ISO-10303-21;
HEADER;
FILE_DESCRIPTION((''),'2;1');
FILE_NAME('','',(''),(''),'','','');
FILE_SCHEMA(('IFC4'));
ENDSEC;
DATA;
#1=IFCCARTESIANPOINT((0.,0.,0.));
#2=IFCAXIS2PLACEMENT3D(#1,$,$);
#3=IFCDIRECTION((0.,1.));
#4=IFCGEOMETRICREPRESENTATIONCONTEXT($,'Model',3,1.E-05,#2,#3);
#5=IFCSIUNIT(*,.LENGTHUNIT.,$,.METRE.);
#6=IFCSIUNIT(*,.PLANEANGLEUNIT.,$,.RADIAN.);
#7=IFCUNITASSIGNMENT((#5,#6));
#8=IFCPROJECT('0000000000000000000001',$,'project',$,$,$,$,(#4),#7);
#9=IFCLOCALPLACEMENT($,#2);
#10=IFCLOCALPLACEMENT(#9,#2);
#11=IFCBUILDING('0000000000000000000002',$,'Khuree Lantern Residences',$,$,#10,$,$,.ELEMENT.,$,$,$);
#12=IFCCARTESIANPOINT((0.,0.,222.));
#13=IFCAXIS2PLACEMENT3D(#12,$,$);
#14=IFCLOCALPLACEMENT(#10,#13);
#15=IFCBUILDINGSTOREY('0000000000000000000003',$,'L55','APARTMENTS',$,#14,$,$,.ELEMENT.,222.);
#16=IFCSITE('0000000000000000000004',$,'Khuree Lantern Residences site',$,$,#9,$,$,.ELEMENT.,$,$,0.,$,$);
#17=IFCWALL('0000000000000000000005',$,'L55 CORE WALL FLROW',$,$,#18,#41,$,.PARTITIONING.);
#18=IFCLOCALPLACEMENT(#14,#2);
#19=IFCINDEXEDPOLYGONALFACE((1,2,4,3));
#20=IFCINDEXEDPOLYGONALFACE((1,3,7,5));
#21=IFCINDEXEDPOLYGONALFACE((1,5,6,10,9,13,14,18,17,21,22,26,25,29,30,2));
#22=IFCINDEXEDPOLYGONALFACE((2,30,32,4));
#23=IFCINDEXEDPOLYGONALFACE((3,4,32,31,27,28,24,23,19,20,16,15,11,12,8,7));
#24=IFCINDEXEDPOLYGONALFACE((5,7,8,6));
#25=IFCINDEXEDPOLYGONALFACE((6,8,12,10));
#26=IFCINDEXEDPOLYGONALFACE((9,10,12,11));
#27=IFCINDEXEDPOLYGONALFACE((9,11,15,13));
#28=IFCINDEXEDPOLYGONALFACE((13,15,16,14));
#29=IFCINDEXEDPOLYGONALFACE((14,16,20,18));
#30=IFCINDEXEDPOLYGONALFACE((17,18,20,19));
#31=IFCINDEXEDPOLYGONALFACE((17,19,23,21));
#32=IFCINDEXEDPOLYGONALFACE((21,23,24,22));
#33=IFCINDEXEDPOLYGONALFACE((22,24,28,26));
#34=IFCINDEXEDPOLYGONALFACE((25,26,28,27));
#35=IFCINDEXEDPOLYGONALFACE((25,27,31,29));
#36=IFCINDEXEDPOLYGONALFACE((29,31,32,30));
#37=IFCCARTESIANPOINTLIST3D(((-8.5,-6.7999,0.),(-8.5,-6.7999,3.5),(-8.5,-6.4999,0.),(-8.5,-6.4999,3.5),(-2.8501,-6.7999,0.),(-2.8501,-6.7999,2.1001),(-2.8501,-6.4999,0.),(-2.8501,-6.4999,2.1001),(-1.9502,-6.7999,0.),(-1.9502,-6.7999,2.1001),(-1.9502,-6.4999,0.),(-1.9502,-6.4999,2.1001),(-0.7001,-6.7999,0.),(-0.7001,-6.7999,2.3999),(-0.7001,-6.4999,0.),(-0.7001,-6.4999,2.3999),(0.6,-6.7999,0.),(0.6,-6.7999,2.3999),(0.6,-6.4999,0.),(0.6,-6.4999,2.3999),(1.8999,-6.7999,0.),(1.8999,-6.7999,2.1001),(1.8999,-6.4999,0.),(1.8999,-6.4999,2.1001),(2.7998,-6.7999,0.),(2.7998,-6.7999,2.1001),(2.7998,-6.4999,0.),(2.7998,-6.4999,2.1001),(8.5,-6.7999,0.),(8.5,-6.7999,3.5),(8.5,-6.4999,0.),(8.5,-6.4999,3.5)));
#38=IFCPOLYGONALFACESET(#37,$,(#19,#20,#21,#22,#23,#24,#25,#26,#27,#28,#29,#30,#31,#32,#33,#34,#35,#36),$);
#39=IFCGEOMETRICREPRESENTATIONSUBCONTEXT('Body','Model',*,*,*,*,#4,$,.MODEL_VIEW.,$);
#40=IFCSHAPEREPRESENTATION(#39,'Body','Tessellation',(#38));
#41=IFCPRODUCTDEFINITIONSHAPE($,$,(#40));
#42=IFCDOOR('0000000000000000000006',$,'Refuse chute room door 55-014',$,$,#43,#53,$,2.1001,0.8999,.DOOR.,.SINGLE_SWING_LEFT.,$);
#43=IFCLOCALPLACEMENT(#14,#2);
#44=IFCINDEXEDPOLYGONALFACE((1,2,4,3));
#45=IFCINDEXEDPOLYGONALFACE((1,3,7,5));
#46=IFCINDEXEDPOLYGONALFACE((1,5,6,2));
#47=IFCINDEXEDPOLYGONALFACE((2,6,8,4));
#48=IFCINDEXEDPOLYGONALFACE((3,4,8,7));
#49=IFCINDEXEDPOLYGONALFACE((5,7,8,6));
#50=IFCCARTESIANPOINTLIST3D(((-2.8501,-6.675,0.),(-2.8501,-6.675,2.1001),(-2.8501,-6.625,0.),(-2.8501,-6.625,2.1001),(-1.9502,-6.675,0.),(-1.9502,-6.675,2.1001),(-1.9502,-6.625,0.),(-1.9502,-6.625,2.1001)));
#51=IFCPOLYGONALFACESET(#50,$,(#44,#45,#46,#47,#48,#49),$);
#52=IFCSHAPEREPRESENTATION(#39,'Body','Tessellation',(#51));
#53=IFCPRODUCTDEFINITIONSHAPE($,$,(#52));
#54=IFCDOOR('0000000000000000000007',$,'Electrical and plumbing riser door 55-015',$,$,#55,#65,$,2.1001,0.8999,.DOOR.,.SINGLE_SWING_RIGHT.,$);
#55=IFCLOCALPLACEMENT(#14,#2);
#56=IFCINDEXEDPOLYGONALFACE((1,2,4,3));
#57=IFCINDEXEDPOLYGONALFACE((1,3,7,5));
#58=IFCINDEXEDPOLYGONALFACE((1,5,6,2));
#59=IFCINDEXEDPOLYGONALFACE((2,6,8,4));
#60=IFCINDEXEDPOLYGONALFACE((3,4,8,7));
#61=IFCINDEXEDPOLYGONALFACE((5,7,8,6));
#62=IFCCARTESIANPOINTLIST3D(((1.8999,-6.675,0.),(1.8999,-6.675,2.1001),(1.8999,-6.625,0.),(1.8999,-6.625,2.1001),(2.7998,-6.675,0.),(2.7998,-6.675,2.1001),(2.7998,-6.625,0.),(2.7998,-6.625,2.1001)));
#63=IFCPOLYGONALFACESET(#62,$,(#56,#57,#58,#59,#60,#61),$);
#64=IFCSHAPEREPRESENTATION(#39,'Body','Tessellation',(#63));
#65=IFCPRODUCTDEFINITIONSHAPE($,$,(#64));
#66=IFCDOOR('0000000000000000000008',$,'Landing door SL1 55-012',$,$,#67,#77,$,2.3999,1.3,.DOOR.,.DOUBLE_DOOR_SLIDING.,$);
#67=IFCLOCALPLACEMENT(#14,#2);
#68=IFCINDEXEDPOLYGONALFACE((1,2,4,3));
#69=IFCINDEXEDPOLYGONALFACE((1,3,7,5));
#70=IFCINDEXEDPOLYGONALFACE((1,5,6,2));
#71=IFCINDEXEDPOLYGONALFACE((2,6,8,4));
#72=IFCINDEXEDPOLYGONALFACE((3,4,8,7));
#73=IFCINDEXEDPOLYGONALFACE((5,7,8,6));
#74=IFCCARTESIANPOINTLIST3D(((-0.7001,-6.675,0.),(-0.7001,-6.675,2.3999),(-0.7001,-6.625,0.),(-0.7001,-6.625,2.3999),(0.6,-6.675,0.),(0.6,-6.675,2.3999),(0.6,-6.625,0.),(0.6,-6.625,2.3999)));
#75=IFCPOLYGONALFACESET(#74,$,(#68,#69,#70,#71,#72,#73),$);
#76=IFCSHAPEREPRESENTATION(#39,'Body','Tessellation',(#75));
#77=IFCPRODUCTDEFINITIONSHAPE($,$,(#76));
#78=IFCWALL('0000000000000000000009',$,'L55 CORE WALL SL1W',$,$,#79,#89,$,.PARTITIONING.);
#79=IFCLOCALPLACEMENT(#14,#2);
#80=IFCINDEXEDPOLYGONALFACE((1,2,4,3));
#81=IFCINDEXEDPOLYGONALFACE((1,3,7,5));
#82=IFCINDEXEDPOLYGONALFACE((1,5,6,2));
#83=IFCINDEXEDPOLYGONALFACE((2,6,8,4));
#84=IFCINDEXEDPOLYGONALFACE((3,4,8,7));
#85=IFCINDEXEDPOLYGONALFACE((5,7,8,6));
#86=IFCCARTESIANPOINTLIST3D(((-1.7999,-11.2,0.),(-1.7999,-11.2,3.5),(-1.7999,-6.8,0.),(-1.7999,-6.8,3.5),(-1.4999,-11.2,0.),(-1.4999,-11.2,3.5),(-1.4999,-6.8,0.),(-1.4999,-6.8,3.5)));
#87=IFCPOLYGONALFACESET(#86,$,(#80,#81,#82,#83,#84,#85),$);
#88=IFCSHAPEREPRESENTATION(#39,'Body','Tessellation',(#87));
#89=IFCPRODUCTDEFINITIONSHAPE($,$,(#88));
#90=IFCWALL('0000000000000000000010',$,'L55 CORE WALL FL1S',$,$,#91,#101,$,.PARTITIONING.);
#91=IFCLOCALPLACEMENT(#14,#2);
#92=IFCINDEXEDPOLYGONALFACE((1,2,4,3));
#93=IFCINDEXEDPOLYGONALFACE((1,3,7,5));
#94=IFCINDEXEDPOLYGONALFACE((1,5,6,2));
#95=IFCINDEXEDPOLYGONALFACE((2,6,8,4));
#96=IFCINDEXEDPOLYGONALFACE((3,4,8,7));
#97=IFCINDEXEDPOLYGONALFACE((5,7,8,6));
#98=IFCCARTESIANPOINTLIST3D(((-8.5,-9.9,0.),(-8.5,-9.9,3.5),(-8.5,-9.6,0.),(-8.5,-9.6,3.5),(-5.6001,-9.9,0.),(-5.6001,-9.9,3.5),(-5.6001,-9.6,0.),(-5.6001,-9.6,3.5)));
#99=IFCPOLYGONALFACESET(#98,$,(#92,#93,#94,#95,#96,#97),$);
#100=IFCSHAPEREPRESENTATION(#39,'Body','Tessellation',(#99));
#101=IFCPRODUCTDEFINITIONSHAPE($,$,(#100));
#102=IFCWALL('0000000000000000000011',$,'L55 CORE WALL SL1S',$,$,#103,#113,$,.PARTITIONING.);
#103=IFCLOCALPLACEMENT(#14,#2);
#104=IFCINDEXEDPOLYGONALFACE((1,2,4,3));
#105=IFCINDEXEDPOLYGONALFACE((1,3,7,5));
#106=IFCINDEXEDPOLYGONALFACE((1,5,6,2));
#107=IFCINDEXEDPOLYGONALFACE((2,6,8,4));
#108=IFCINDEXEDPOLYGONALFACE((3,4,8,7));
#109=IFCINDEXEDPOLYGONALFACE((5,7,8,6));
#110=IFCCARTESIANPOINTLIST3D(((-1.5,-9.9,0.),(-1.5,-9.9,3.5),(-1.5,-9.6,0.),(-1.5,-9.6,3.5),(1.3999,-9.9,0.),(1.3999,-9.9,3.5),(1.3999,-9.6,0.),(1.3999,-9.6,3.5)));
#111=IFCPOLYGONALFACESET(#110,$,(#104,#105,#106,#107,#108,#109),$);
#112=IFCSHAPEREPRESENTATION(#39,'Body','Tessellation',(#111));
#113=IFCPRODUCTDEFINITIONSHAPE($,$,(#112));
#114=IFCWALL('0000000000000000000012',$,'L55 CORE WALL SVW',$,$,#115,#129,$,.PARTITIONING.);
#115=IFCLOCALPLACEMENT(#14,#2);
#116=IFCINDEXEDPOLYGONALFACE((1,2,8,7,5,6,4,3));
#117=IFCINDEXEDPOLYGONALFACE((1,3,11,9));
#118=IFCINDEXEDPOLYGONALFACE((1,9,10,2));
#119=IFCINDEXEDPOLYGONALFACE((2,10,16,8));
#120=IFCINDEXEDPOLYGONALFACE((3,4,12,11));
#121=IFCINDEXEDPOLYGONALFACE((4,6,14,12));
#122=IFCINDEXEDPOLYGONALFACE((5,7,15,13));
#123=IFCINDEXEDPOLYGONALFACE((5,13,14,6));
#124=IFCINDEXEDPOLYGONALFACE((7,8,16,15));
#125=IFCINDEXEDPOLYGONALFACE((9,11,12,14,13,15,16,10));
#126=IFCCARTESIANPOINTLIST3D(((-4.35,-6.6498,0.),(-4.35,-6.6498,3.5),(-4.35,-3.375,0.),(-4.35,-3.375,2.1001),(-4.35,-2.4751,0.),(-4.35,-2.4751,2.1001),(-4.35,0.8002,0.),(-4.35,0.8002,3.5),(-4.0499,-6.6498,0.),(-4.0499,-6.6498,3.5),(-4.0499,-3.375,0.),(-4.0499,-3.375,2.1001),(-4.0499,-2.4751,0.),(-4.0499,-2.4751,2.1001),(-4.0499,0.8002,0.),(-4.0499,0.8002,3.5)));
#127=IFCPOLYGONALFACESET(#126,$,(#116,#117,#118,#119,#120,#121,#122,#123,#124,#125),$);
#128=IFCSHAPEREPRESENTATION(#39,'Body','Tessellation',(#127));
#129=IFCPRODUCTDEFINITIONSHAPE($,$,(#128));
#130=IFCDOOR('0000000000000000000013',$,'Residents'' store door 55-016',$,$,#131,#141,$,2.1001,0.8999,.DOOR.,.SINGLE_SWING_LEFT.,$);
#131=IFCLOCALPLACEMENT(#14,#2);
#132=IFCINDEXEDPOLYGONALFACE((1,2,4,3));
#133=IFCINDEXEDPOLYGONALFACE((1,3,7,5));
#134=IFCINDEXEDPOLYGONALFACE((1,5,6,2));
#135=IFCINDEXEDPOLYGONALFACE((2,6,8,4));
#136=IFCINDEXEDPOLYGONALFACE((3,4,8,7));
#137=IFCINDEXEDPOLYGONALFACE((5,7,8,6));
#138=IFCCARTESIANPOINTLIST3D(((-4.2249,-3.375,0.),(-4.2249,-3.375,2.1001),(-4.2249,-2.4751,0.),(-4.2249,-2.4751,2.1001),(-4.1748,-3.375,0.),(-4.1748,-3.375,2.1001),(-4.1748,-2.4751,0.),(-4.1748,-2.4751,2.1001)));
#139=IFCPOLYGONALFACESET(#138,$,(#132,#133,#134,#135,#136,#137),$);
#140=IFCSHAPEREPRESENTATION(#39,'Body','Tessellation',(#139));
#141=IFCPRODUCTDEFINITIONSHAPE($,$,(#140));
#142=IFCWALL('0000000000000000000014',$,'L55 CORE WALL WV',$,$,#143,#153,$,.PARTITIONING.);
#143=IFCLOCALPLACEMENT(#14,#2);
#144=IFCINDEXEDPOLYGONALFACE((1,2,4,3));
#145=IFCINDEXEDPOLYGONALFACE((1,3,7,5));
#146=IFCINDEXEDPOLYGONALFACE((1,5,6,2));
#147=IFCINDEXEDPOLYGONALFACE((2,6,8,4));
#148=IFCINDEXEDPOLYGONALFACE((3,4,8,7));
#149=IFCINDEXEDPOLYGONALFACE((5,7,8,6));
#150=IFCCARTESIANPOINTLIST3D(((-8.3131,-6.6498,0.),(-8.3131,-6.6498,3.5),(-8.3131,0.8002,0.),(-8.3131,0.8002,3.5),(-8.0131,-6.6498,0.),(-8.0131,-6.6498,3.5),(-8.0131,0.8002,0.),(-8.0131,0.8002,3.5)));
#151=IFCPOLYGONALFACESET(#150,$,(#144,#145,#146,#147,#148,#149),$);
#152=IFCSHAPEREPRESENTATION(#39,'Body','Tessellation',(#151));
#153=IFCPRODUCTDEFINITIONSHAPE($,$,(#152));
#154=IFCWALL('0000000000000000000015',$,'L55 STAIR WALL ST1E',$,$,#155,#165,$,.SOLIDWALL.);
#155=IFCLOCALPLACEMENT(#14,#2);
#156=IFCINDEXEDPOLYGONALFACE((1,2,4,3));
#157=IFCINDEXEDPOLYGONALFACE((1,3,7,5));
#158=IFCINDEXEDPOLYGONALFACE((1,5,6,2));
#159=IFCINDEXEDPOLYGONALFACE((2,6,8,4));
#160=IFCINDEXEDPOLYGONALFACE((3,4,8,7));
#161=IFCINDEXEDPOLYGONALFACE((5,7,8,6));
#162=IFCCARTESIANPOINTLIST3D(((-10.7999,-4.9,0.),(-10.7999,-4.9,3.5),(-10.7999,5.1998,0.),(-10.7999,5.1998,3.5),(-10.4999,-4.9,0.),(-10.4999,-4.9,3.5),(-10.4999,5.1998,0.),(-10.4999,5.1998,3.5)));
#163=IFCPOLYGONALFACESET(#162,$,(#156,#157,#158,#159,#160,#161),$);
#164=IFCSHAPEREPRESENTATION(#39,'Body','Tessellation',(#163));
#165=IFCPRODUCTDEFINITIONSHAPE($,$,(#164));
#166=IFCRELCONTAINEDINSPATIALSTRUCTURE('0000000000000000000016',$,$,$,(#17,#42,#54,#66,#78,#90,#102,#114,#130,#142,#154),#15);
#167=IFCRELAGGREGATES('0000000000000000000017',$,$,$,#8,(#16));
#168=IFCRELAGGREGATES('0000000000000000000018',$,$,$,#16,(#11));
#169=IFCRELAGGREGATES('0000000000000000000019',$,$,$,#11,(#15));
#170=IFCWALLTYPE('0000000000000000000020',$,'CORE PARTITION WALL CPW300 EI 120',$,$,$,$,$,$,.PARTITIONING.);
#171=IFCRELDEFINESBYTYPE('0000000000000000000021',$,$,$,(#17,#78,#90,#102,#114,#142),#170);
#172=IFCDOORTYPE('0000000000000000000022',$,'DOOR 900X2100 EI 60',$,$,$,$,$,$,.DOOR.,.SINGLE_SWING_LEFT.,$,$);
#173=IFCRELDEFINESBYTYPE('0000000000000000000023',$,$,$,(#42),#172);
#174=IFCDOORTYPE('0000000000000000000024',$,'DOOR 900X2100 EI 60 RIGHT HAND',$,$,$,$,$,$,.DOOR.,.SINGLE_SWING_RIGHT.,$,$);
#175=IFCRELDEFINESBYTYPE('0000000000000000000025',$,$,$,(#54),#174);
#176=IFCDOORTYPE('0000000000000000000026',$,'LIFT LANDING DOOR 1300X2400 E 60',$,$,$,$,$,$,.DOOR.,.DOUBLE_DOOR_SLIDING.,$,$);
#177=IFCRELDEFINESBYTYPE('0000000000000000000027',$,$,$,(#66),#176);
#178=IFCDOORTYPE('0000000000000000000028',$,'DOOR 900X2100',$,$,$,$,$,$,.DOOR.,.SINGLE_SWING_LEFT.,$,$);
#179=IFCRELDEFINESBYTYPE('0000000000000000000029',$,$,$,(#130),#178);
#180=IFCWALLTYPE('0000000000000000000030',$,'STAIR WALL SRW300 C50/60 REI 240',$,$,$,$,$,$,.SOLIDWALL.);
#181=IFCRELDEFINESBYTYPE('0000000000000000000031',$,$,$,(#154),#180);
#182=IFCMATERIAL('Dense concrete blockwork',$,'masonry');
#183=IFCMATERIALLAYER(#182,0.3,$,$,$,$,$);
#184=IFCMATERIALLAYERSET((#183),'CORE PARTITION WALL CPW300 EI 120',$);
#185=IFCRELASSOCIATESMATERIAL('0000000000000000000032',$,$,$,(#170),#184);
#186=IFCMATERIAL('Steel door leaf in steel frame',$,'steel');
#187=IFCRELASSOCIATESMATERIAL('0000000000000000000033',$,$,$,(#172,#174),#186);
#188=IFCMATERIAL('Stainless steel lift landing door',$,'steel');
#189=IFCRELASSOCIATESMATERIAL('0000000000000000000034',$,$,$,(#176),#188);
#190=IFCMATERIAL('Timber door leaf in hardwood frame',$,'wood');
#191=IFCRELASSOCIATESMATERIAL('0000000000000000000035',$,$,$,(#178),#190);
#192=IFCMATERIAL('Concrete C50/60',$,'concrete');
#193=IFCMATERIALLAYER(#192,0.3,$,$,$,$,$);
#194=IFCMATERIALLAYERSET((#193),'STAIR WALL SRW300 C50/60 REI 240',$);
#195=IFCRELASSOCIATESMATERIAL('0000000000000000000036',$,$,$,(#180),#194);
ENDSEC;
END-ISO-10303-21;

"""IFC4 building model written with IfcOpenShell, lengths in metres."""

from ifc_helpers import new_model, si_unit, direction, frame, frame_2d, origin, place, context, subcontext, project, spatial, rectangle, extrude, material, layer, layer_set, type_object, element, fill, save


model = new_model("IFC4")

# Units and contexts
model_context = context("Model", 3, precision=1e-05, world=origin(), true_north=direction((0.0, 1.0)))
body_context = subcontext(model_context, "Body", "Model", "MODEL_VIEW")
ifc_project = project(units=[si_unit("LENGTHUNIT", "METRE"), si_unit("PLANEANGLEUNIT", "RADIAN")], contexts=[model_context])

# Site, building, storey
site_placement = place(None, origin())
site = spatial("IfcSite", under=ifc_project, at=site_placement, Name="Khuree Lantern Residences site", CompositionType="ELEMENT", RefElevation=0.0)
building_placement = place(site_placement, origin())
building = spatial("IfcBuilding", under=site, at=building_placement, Name="Khuree Lantern Residences", CompositionType="ELEMENT")
storey_placement = place(building_placement, frame((0.0, 0.0, 222.0)))
storey = spatial("IfcBuildingStorey", under=building, at=storey_placement, Name="L55", Description="APARTMENTS", CompositionType="ELEMENT", Elevation=222.0)

# Wall, openings, doors
ifc_material_1 = material(Name="Dense concrete blockwork", Category="masonry")
ifc_layer_1 = layer(ifc_material_1, 0.3)
ifc_layer_set_1 = layer_set([ifc_layer_1], Name="CORE PARTITION WALL CPW300 EI 120")
wall_type_1 = type_object("IfcWallType", Name="CORE PARTITION WALL CPW300 EI 120", PredefinedType="PARTITIONING", material=ifc_layer_set_1)
wall_1_placement = place(storey_placement, frame((-8.5, -6.6499, 0.0), z_axis=(0.0, 0.0, 1.0), x_axis=(1.0, 0.0, 0.0)))
wall_1 = element("IfcWall", 1, at=wall_1_placement, inside=storey, type_object=wall_type_1, Name="L55 CORE WALL FLROW", PredefinedType="PARTITIONING", context=body_context, shape_type="SweptSolid", body=[
    extrude(rectangle(XDim=17.0, YDim=0.3, at=frame_2d((8.5, 0.0))), origin(), (0.0, 0.0, 1.0), 3.5),
])
opening_1_placement = place(wall_1_placement, frame((7.8, 0.0, 0.0)))
opening_1 = element("IfcOpeningElement", 2, at=opening_1_placement, cuts=wall_1, PredefinedType="OPENING", context=body_context, shape_type="SweptSolid", body=[
    extrude(rectangle(XDim=1.3, YDim=2.3999, at=frame_2d((0.6499, 1.2))), frame((0.0, 0.1602, 0.0), z_axis=(0.0, -1.0, 0.0), x_axis=(1.0, 0.0, 0.0)), (0.0, 0.0, 1.0), 0.3201),
])
opening_2_placement = place(wall_1_placement, frame((5.6499, 0.0, 0.0)))
opening_2 = element("IfcOpeningElement", 3, at=opening_2_placement, cuts=wall_1, PredefinedType="OPENING", context=body_context, shape_type="SweptSolid", body=[
    extrude(rectangle(XDim=0.8999, YDim=2.1001, at=frame_2d((0.45, 1.05))), frame((0.0, 0.1602, 0.0), z_axis=(0.0, -1.0, 0.0), x_axis=(1.0, 0.0, 0.0)), (0.0, 0.0, 1.0), 0.3201),
])
opening_3_placement = place(wall_1_placement, frame((10.3999, 0.0, 0.0)))
opening_3 = element("IfcOpeningElement", 4, at=opening_3_placement, cuts=wall_1, PredefinedType="OPENING", context=body_context, shape_type="SweptSolid", body=[
    extrude(rectangle(XDim=0.8999, YDim=2.1001, at=frame_2d((0.45, 1.05))), frame((0.0, 0.1602, 0.0), z_axis=(0.0, -1.0, 0.0), x_axis=(1.0, 0.0, 0.0)), (0.0, 0.0, 1.0), 0.3201),
])
ifc_material_2 = material(Name="Steel door leaf in steel frame", Category="steel")
door_type_1 = type_object("IfcDoorType", Name="DOOR 900X2100 EI 60", OperationType="SINGLE_SWING_LEFT", PredefinedType="DOOR", material=ifc_material_2)
door_1_placement = place(opening_2_placement, origin())
door_1 = element("IfcDoor", 5, at=door_1_placement, inside=storey, type_object=door_type_1, Name="Refuse chute room door 55-014", OperationType="SINGLE_SWING_LEFT", OverallHeight=2.1001, OverallWidth=0.8999, PredefinedType="DOOR", context=body_context, shape_type="SweptSolid", body=[
    extrude(rectangle(XDim=0.8999, YDim=2.1001, at=frame_2d((0.45, 1.05))), frame((0.0, 0.0249, 0.0), z_axis=(0.0, -1.0, 0.0), x_axis=(1.0, 0.0, 0.0)), (0.0, 0.0, 1.0), 0.05),
])
fill(opening_2, door_1)
door_type_2 = type_object("IfcDoorType", Name="DOOR 900X2100 EI 60 RIGHT HAND", OperationType="SINGLE_SWING_RIGHT", PredefinedType="DOOR", material=ifc_material_2)
door_2_placement = place(opening_3_placement, origin())
door_2 = element("IfcDoor", 6, at=door_2_placement, inside=storey, type_object=door_type_2, Name="Electrical and plumbing riser door 55-015", OperationType="SINGLE_SWING_RIGHT", OverallHeight=2.1001, OverallWidth=0.8999, PredefinedType="DOOR", context=body_context, shape_type="SweptSolid", body=[
    extrude(rectangle(XDim=0.8999, YDim=2.1001, at=frame_2d((0.45, 1.05))), frame((0.0, 0.0249, 0.0), z_axis=(0.0, -1.0, 0.0), x_axis=(1.0, 0.0, 0.0)), (0.0, 0.0, 1.0), 0.05),
])
fill(opening_3, door_2)
ifc_material_3 = material(Name="Stainless steel lift landing door", Category="steel")
door_type_3 = type_object("IfcDoorType", Name="LIFT LANDING DOOR 1300X2400 E 60", OperationType="DOUBLE_DOOR_SLIDING", PredefinedType="DOOR", material=ifc_material_3)
door_3_placement = place(opening_1_placement, origin())
door_3 = element("IfcDoor", 7, at=door_3_placement, inside=storey, type_object=door_type_3, Name="Landing door SL1 55-012", OperationType="DOUBLE_DOOR_SLIDING", OverallHeight=2.3999, OverallWidth=1.3, PredefinedType="DOOR", context=body_context, shape_type="SweptSolid", body=[
    extrude(rectangle(XDim=1.3, YDim=2.3999, at=frame_2d((0.6499, 1.2))), frame((0.0, 0.0249, 0.0), z_axis=(0.0, -1.0, 0.0), x_axis=(1.0, 0.0, 0.0)), (0.0, 0.0, 1.0), 0.05),
])
fill(opening_1, door_3)

# Walls
wall_2_placement = place(storey_placement, frame((-1.6499, -11.2, 0.0), z_axis=(0.0, 0.0, 1.0), x_axis=(0.0, 1.0, 0.0)))
element("IfcWall", 8, at=wall_2_placement, inside=storey, type_object=wall_type_1, Name="L55 CORE WALL SL1W", PredefinedType="PARTITIONING", context=body_context, shape_type="SweptSolid", body=[
    extrude(rectangle(XDim=4.3999, YDim=0.3, at=frame_2d((2.2, 0.0))), origin(), (0.0, 0.0, 1.0), 3.5),
])
for number, where, z_axis, x_axis, name in (
    (9, (-8.5, -9.75, 0.0), (0.0, 0.0, 1.0), (1.0, 0.0, 0.0), "L55 CORE WALL FL1S"),
    (10, (-1.5, -9.75, 0.0), (0.0, 0.0, 1.0), (1.0, 0.0, 0.0), "L55 CORE WALL SL1S"),
):
    element("IfcWall", number, at=place(storey_placement, frame(where, z_axis=z_axis, x_axis=x_axis)), inside=storey, type_object=wall_type_1, Name=name, PredefinedType="PARTITIONING", context=body_context, shape_type="SweptSolid", body=[
        extrude(rectangle(XDim=2.8999, YDim=0.3, at=frame_2d((1.45, 0.0))), origin(), (0.0, 0.0, 1.0), 3.5),
    ])

# Wall, opening, door
wall_3_placement = place(storey_placement, frame((-4.2, -6.6499, 0.0), z_axis=(0.0, 0.0, 1.0), x_axis=(0.0, 1.0, 0.0)))
wall_3 = element("IfcWall", 11, at=wall_3_placement, inside=storey, type_object=wall_type_1, Name="L55 CORE WALL SVW", PredefinedType="PARTITIONING", context=body_context, shape_type="SweptSolid", body=[
    extrude(rectangle(XDim=7.45, YDim=0.3, at=frame_2d((3.7251, 0.0))), origin(), (0.0, 0.0, 1.0), 3.5),
])
opening_4_placement = place(wall_3_placement, frame((3.2749, 0.0, 0.0)))
opening_4 = element("IfcOpeningElement", 12, at=opening_4_placement, cuts=wall_3, PredefinedType="OPENING", context=body_context, shape_type="SweptSolid", body=[
    extrude(rectangle(XDim=0.8999, YDim=2.1001, at=frame_2d((0.45, 1.05))), frame((0.0, 0.1602, 0.0), z_axis=(0.0, -1.0, 0.0), x_axis=(1.0, 0.0, 0.0)), (0.0, 0.0, 1.0), 0.3201),
])
ifc_material_4 = material(Name="Timber door leaf in hardwood frame", Category="wood")
door_type_4 = type_object("IfcDoorType", Name="DOOR 900X2100", OperationType="SINGLE_SWING_LEFT", PredefinedType="DOOR", material=ifc_material_4)
door_4_placement = place(opening_4_placement, origin())
door_4 = element("IfcDoor", 13, at=door_4_placement, inside=storey, type_object=door_type_4, Name="Residents' store door 55-016", OperationType="SINGLE_SWING_LEFT", OverallHeight=2.1001, OverallWidth=0.8999, PredefinedType="DOOR", context=body_context, shape_type="SweptSolid", body=[
    extrude(rectangle(XDim=0.8999, YDim=2.1001, at=frame_2d((0.45, 1.05))), frame((0.0, 0.0249, 0.0), z_axis=(0.0, -1.0, 0.0), x_axis=(1.0, 0.0, 0.0)), (0.0, 0.0, 1.0), 0.05),
])
fill(opening_4, door_4)

# Walls
wall_4_placement = place(storey_placement, frame((-8.1631, -6.6499, 0.0), z_axis=(0.0, 0.0, 1.0), x_axis=(0.0, 1.0, 0.0)))
element("IfcWall", 14, at=wall_4_placement, inside=storey, type_object=wall_type_1, Name="L55 CORE WALL WV", PredefinedType="PARTITIONING", context=body_context, shape_type="SweptSolid", body=[
    extrude(rectangle(XDim=7.45, YDim=0.3, at=frame_2d((3.7251, 0.0))), origin(), (0.0, 0.0, 1.0), 3.5),
])
ifc_material_5 = material(Name="Concrete C50/60", Category="concrete")
ifc_layer_2 = layer(ifc_material_5, 0.3)
ifc_layer_set_2 = layer_set([ifc_layer_2], Name="STAIR WALL SRW300 C50/60 REI 240")
wall_type_2 = type_object("IfcWallType", Name="STAIR WALL SRW300 C50/60 REI 240", PredefinedType="SOLIDWALL", material=ifc_layer_set_2)
wall_5_placement = place(storey_placement, frame((-10.6499, -4.8999, 0.0), z_axis=(0.0, 0.0, 1.0), x_axis=(0.0, 1.0, 0.0)))
element("IfcWall", 15, at=wall_5_placement, inside=storey, type_object=wall_type_2, Name="L55 STAIR WALL ST1E", PredefinedType="SOLIDWALL", context=body_context, shape_type="SweptSolid", body=[
    extrude(rectangle(XDim=10.0999, YDim=0.3, at=frame_2d((5.0498, 0.0))), origin(), (0.0, 0.0, 1.0), 3.5),
])

save(model, "model.ifc")
